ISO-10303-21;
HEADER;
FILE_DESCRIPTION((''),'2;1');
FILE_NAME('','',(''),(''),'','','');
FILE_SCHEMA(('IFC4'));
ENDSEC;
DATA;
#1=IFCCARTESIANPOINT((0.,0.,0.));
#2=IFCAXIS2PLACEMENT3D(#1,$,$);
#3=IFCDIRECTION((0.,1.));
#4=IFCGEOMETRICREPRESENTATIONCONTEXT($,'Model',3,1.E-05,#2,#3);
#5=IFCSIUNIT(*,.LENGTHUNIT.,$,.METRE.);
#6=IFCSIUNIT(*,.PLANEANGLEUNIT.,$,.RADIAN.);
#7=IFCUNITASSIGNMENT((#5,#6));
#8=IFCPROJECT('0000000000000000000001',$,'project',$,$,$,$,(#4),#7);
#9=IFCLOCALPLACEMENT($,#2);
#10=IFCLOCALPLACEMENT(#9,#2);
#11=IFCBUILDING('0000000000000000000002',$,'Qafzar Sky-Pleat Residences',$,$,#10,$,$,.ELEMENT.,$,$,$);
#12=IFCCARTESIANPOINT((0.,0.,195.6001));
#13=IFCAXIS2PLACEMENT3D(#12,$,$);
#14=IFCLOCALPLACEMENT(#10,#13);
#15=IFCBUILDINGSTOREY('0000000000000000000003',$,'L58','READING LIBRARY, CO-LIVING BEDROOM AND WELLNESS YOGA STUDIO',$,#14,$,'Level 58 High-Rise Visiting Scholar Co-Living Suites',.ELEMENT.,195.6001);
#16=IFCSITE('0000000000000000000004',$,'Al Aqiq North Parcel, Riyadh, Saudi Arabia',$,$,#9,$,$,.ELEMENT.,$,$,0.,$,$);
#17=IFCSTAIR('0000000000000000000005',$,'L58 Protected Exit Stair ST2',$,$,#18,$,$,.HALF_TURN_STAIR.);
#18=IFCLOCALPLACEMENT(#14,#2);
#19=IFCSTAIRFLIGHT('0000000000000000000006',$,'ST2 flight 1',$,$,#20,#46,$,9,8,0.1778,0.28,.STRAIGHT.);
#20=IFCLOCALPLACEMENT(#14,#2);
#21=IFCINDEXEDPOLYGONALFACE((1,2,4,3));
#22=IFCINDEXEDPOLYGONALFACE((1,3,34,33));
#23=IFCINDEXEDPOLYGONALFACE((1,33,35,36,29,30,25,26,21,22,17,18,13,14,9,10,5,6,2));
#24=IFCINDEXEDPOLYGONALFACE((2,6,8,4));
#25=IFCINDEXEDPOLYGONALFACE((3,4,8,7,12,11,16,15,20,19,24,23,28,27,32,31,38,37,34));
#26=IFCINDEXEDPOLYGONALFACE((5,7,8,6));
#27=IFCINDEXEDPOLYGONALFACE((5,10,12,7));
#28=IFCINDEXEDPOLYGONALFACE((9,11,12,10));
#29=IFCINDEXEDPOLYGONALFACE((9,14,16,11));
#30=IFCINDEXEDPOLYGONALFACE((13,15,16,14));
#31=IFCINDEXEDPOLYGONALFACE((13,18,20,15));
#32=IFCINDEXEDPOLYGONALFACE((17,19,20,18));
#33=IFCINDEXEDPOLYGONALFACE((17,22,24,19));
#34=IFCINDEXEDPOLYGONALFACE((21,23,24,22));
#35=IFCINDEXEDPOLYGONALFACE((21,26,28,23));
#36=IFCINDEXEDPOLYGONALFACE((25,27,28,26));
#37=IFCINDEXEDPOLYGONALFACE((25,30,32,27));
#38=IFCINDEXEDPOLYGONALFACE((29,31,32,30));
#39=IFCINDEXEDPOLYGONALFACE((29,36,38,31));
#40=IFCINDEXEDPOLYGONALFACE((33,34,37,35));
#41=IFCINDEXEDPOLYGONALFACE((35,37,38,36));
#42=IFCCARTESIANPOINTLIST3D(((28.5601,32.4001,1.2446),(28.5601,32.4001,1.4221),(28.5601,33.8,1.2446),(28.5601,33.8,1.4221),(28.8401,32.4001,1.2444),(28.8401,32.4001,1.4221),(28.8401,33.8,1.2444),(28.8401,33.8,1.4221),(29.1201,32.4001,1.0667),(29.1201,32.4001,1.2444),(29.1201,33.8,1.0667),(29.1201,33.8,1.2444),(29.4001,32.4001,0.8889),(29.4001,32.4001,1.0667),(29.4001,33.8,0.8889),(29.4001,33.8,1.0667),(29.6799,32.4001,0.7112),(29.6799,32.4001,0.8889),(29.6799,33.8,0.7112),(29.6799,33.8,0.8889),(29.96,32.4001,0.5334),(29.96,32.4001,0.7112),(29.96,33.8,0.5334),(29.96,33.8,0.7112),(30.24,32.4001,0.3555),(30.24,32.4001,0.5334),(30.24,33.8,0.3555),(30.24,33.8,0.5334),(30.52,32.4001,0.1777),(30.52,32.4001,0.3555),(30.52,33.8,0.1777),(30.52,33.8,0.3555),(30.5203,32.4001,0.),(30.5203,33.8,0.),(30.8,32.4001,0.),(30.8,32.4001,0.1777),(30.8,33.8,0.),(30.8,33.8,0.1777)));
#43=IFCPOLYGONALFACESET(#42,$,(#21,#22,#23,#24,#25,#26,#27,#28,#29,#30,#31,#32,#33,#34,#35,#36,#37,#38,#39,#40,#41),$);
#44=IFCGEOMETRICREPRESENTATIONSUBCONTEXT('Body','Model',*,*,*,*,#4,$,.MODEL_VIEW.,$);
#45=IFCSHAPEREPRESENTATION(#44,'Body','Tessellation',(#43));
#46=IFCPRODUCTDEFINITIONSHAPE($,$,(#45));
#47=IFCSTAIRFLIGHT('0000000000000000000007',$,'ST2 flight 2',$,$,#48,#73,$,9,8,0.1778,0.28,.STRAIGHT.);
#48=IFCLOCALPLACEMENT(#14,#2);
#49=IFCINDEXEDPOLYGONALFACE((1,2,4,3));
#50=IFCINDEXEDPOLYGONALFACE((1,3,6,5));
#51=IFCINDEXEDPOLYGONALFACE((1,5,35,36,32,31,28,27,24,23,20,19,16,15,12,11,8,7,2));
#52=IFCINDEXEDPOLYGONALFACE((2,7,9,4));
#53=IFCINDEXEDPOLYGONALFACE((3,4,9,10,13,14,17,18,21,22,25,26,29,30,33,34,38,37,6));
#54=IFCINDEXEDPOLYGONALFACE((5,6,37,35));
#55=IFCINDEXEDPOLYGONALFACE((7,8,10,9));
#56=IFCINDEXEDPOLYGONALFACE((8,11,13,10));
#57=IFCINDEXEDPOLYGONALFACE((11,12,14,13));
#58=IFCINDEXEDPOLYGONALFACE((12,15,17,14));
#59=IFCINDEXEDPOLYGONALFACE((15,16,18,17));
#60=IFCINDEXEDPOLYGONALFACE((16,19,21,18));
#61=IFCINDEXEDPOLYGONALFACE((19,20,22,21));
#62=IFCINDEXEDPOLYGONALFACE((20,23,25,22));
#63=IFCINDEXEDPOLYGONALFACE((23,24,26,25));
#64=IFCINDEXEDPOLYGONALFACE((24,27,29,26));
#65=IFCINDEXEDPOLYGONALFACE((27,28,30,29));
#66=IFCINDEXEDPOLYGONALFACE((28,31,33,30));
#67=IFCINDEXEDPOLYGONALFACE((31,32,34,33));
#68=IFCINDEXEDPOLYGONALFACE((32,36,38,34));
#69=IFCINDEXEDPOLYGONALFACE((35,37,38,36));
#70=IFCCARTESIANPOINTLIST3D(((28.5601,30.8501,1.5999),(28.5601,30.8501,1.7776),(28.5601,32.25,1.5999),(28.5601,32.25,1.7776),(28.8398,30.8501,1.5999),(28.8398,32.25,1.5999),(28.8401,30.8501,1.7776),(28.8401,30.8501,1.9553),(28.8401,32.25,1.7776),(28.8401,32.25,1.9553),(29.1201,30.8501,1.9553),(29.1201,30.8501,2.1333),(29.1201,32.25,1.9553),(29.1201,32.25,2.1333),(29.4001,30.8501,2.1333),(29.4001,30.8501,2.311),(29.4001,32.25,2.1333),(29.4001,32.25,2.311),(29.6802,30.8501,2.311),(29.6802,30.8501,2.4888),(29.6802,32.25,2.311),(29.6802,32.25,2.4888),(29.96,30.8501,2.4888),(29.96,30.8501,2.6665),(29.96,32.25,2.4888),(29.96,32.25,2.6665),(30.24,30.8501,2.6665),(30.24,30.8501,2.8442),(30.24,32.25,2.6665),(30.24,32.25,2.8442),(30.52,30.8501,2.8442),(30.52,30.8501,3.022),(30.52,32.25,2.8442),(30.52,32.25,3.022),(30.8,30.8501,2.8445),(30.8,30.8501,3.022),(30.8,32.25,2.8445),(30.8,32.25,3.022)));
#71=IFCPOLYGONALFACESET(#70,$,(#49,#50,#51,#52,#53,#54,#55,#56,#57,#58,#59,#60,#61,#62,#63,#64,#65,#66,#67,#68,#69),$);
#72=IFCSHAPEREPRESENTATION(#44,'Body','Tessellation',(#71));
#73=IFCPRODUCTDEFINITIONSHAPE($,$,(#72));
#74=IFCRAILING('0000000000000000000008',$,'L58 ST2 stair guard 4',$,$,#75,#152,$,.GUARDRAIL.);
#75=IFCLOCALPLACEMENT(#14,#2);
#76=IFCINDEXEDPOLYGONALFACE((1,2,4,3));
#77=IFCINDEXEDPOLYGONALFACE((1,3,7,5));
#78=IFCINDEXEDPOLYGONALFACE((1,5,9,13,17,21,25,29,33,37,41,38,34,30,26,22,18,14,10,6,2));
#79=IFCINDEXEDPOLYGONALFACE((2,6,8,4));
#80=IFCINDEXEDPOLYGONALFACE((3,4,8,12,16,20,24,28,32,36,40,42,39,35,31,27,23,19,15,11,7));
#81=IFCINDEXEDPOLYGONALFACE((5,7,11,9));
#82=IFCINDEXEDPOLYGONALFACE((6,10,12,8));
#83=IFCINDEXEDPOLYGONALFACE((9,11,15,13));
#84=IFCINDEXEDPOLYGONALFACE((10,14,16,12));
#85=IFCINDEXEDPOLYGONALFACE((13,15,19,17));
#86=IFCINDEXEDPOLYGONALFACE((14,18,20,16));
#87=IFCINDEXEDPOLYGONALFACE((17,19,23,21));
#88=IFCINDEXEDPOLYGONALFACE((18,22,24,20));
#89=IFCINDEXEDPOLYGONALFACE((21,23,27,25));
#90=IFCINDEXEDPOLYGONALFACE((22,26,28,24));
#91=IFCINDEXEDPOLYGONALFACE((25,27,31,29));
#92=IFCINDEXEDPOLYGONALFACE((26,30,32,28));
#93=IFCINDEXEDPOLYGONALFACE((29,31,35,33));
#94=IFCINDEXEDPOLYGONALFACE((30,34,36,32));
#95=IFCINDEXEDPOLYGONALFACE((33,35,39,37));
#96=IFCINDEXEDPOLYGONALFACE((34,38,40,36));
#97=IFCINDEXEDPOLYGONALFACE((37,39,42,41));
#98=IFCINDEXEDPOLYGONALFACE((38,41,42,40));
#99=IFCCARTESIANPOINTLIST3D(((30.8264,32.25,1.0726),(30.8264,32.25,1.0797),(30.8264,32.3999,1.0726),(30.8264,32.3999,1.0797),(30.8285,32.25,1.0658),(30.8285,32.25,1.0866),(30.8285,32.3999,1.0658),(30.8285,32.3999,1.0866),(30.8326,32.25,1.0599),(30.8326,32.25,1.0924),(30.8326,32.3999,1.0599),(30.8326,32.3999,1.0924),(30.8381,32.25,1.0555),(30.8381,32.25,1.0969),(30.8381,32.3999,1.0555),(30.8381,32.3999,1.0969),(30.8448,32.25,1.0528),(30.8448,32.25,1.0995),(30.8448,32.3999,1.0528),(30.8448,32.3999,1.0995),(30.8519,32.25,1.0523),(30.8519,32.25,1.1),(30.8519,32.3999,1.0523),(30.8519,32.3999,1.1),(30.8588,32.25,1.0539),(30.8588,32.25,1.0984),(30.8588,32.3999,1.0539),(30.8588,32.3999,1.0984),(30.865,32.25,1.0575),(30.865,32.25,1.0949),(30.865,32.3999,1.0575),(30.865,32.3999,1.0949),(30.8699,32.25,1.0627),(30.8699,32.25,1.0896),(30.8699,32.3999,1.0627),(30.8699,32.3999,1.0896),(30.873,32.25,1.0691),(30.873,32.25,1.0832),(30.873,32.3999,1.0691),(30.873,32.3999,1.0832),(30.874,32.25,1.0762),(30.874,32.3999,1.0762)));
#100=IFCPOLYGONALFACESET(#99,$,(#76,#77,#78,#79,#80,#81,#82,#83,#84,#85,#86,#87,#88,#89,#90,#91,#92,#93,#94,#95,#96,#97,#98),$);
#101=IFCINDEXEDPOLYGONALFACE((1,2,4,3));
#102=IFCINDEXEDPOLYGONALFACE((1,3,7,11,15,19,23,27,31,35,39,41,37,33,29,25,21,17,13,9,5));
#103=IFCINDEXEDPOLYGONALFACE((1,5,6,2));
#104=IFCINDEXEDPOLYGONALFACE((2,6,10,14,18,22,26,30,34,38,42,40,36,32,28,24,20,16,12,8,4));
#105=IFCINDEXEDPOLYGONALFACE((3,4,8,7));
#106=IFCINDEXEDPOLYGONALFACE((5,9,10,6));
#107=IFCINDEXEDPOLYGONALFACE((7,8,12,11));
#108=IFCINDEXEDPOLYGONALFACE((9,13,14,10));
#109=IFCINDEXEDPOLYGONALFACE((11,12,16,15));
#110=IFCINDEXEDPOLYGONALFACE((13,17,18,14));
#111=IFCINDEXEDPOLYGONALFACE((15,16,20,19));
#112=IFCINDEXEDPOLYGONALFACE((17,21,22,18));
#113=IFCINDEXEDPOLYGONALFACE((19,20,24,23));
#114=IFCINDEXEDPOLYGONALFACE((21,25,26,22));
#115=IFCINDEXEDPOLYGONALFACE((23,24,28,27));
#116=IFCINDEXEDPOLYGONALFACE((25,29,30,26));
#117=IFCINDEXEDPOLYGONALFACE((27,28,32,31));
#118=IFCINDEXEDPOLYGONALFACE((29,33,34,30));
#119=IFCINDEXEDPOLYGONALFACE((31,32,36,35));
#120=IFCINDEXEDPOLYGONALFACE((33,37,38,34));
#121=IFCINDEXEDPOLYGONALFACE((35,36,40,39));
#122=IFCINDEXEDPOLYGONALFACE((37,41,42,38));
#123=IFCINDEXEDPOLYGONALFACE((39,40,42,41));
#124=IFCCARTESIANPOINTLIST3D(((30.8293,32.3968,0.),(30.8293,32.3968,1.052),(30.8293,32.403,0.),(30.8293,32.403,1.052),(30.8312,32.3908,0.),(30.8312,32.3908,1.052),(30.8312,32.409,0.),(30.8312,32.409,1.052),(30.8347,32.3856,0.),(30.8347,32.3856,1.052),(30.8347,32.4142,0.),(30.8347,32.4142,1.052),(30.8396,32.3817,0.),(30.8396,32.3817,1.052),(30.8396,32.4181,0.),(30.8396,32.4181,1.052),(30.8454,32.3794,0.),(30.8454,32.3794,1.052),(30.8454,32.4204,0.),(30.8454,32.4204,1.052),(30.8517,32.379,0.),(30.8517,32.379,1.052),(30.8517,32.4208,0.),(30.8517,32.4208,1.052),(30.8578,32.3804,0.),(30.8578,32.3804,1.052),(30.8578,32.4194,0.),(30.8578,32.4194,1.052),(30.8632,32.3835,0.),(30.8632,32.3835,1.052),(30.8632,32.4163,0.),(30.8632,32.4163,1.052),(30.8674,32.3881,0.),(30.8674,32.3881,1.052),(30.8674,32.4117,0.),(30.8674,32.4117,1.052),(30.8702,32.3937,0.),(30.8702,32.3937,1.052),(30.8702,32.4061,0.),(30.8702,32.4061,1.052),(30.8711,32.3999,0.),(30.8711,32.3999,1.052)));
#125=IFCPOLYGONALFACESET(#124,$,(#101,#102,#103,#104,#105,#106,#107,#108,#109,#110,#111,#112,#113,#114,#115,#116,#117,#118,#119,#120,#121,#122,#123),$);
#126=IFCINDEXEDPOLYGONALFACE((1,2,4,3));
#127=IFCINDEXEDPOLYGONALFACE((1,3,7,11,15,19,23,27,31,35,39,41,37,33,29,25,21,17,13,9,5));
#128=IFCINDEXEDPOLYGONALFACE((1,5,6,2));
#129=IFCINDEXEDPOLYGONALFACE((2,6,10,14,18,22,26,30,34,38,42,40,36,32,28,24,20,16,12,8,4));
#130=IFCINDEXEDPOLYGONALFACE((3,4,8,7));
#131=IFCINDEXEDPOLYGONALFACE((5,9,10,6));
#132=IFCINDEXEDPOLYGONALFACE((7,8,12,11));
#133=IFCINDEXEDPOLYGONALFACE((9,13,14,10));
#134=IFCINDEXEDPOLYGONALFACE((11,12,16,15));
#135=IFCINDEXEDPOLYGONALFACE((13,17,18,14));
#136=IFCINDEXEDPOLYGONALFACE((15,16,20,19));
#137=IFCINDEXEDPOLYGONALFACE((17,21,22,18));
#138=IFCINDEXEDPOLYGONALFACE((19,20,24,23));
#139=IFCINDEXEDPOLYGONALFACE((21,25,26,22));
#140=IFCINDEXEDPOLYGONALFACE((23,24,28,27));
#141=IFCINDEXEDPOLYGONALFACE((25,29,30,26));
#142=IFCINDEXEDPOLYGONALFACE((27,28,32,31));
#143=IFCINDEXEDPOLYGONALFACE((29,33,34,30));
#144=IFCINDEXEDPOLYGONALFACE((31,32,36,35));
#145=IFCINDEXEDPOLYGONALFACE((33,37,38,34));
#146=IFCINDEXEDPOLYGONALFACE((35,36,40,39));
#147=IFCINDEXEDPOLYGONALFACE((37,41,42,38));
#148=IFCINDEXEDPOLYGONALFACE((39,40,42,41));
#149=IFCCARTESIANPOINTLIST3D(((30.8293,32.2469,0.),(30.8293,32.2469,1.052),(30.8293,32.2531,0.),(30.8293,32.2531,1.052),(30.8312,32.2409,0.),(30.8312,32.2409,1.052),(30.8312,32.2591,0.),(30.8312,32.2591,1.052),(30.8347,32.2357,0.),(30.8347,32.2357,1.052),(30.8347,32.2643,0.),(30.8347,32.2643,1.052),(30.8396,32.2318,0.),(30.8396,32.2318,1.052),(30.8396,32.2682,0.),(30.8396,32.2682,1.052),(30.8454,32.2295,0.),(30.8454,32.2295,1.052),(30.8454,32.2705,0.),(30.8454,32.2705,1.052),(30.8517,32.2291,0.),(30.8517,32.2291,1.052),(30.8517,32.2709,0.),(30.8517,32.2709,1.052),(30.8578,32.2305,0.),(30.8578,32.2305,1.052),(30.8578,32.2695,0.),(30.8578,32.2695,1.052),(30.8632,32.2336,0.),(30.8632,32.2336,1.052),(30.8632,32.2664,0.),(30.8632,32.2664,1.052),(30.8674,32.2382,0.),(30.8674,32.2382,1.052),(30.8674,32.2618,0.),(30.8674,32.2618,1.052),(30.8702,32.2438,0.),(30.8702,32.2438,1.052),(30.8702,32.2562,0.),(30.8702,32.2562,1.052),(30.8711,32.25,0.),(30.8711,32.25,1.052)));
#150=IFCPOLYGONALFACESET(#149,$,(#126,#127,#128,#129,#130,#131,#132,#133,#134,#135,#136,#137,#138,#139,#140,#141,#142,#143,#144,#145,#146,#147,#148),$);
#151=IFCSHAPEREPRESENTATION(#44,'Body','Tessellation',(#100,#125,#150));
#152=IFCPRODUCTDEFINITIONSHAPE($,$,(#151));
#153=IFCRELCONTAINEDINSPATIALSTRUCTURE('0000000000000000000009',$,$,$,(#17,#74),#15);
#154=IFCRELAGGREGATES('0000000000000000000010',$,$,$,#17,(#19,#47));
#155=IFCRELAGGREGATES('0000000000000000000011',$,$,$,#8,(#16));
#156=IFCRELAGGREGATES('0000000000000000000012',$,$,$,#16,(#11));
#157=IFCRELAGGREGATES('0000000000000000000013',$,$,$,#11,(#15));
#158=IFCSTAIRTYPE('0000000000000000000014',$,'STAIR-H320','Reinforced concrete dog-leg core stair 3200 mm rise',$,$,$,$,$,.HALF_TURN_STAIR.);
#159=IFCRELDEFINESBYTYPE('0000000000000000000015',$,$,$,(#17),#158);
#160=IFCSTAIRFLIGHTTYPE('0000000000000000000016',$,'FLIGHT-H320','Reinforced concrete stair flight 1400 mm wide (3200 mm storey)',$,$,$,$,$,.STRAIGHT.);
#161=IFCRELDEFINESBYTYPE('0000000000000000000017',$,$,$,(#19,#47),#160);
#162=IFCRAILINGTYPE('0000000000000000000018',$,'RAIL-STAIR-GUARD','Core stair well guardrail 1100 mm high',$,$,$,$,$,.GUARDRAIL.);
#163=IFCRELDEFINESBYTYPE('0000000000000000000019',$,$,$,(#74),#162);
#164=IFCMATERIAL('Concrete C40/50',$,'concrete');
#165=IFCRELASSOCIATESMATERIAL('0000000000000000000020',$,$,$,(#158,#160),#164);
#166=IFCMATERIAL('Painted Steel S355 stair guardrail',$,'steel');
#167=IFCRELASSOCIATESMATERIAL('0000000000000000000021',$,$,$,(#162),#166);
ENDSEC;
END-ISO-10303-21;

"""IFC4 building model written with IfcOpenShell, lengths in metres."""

from ifc_helpers import new_model, si_unit, direction, frame, origin, origin_2d, place, context, subcontext, project, spatial, polyline, circle, outline, extrude, source, transform, mapped, material, type_object, element, aggregate, save


model = new_model("IFC4")

# Units and contexts
model_context = context("Model", 3, precision=1e-05, world=origin(), true_north=direction((0.0, 1.0)))
body_context = subcontext(model_context, "Body", "Model", "MODEL_VIEW")
ifc_project = project(units=[si_unit("LENGTHUNIT", "METRE"), si_unit("PLANEANGLEUNIT", "RADIAN")], contexts=[model_context])

# Site, building, storey
site_placement = place(None, origin())
site = spatial("IfcSite", under=ifc_project, at=site_placement, Name="Al Aqiq North Parcel, Riyadh, Saudi Arabia", CompositionType="ELEMENT", RefElevation=0.0)
building_placement = place(site_placement, origin())
building = spatial("IfcBuilding", under=site, at=building_placement, Name="Qafzar Sky-Pleat Residences", CompositionType="ELEMENT")
storey_placement = place(building_placement, frame((0.0, 0.0, 195.6001)))
storey = spatial("IfcBuildingStorey", under=building, at=storey_placement, Name="L58", Description="READING LIBRARY, CO-LIVING BEDROOM AND WELLNESS YOGA STUDIO", LongName="Level 58 High-Rise Visiting Scholar Co-Living Suites", CompositionType="ELEMENT", Elevation=195.6001)

# Stair, stair flights
ifc_material_1 = material(Name="Concrete C40/50", Category="concrete")
stair_type = type_object("IfcStairType", Name="STAIR-H320", Description="Reinforced concrete dog-leg core stair 3200 mm rise", PredefinedType="HALF_TURN_STAIR", material=ifc_material_1)
stair_placement = place(storey_placement, origin())
stair = element("IfcStair", 1, at=stair_placement, inside=storey, type_object=stair_type, Name="L58 Protected Exit Stair ST2", PredefinedType="HALF_TURN_STAIR")
stair_flight_type = type_object("IfcStairFlightType", Name="FLIGHT-H320", Description="Reinforced concrete stair flight 1400 mm wide (3200 mm storey)", PredefinedType="STRAIGHT", material=ifc_material_1)
shared_shape_1 = source(origin(), body_context, "Body", "SweptSolid", [
    extrude(outline(polyline([(0.0, 0.0), (0.0, 0.1777), (0.28, 0.1777), (0.28, 0.3555), (0.5601, 0.3555), (0.5601, 0.5334), (0.8401, 0.5334), (0.8401, 0.7112), (1.1201, 0.7112), (1.1201, 0.8889), (1.3999, 0.8889), (1.3999, 1.0667), (1.6799, 1.0667), (1.6799, 1.2444), (1.96, 1.2444), (1.96, 1.4221), (2.24, 1.4221), (2.24, 1.6001), (2.24, 1.2446), (0.2798, 0.0), (0.0, 0.0)])), frame((0.0, 0.7, 0.0), z_axis=(0.0, -1.0, 0.0), x_axis=(1.0, 0.0, 0.0)), (0.0, 0.0, 1.0), 1.3999),
])
stair_flight_1_placement = place(storey_placement, frame((30.8, 33.1001, 0.0), z_axis=(0.0, 0.0, 1.0), x_axis=(-1.0, 0.0, 0.0)))
stair_flight_1 = element("IfcStairFlight", 2, at=stair_flight_1_placement, type_object=stair_flight_type, Name="ST2 flight 1", NumberOfRisers=9, NumberOfTreads=8, PredefinedType="STRAIGHT", RiserHeight=0.1778, TreadLength=0.28, context=body_context, shape_type="MappedRepresentation", body=[
    mapped(shared_shape_1, transform((0.0, 0.0, 0.0), x_axis=(1.0, 0.0, 0.0), y_axis=(0.0, 1.0, 0.0), z_axis=(0.0, 0.0, 1.0), scale=1.0)),
])
stair_flight_2_placement = place(storey_placement, frame((28.5601, 31.55, 1.5999), z_axis=(0.0, 0.0, 1.0), x_axis=(1.0, 0.0, 0.0)))
stair_flight_2 = element("IfcStairFlight", 3, at=stair_flight_2_placement, type_object=stair_flight_type, Name="ST2 flight 2", NumberOfRisers=9, NumberOfTreads=8, PredefinedType="STRAIGHT", RiserHeight=0.1778, TreadLength=0.28, context=body_context, shape_type="MappedRepresentation", body=[
    mapped(shared_shape_1, transform((0.0, 0.0, 0.0), x_axis=(1.0, 0.0, 0.0), y_axis=(0.0, 1.0, 0.0), z_axis=(0.0, 0.0, 1.0), scale=1.0)),
])
aggregate(stair, [stair_flight_1, stair_flight_2])

# Railing
ifc_material_2 = material(Name="Painted Steel S355 stair guardrail", Category="steel")
railing_type_1 = type_object("IfcRailingType", Name="RAIL-STAIR-GUARD", Description="Core stair well guardrail 1100 mm high", PredefinedType="GUARDRAIL", material=ifc_material_2)
shared_shape_2 = source(origin(), body_context, "Body", "SweptSolid", [
    extrude(circle(Radius=0.0239, at=origin_2d()), frame((0.0, 0.0, 1.0762), z_axis=(0.0, -1.0, 0.0), x_axis=(1.0, 0.0, 0.0)), (0.0, 0.0, 1.0), 0.1499),
    extrude(circle(Radius=0.021, at=origin_2d()), origin(), (0.0, 0.0, 1.0), 1.052),
    extrude(circle(Radius=0.021, at=origin_2d()), frame((0.0, -0.1499, 0.0)), (0.0, 0.0, 1.0), 1.052),
])
railing_1_placement = place(storey_placement, frame((30.8501, 32.3999, 0.0)))
element("IfcRailing", 4, at=railing_1_placement, inside=storey, type_object=railing_type_1, Name="L58 ST2 stair guard 4", PredefinedType="GUARDRAIL", context=body_context, shape_type="MappedRepresentation", body=[
    mapped(shared_shape_2, transform((0.0, 0.0, 0.0), x_axis=(1.0, 0.0, 0.0), y_axis=(0.0, 1.0, 0.0), z_axis=(0.0, 0.0, 1.0), scale=1.0)),
])

save(model, "model.ifc")
